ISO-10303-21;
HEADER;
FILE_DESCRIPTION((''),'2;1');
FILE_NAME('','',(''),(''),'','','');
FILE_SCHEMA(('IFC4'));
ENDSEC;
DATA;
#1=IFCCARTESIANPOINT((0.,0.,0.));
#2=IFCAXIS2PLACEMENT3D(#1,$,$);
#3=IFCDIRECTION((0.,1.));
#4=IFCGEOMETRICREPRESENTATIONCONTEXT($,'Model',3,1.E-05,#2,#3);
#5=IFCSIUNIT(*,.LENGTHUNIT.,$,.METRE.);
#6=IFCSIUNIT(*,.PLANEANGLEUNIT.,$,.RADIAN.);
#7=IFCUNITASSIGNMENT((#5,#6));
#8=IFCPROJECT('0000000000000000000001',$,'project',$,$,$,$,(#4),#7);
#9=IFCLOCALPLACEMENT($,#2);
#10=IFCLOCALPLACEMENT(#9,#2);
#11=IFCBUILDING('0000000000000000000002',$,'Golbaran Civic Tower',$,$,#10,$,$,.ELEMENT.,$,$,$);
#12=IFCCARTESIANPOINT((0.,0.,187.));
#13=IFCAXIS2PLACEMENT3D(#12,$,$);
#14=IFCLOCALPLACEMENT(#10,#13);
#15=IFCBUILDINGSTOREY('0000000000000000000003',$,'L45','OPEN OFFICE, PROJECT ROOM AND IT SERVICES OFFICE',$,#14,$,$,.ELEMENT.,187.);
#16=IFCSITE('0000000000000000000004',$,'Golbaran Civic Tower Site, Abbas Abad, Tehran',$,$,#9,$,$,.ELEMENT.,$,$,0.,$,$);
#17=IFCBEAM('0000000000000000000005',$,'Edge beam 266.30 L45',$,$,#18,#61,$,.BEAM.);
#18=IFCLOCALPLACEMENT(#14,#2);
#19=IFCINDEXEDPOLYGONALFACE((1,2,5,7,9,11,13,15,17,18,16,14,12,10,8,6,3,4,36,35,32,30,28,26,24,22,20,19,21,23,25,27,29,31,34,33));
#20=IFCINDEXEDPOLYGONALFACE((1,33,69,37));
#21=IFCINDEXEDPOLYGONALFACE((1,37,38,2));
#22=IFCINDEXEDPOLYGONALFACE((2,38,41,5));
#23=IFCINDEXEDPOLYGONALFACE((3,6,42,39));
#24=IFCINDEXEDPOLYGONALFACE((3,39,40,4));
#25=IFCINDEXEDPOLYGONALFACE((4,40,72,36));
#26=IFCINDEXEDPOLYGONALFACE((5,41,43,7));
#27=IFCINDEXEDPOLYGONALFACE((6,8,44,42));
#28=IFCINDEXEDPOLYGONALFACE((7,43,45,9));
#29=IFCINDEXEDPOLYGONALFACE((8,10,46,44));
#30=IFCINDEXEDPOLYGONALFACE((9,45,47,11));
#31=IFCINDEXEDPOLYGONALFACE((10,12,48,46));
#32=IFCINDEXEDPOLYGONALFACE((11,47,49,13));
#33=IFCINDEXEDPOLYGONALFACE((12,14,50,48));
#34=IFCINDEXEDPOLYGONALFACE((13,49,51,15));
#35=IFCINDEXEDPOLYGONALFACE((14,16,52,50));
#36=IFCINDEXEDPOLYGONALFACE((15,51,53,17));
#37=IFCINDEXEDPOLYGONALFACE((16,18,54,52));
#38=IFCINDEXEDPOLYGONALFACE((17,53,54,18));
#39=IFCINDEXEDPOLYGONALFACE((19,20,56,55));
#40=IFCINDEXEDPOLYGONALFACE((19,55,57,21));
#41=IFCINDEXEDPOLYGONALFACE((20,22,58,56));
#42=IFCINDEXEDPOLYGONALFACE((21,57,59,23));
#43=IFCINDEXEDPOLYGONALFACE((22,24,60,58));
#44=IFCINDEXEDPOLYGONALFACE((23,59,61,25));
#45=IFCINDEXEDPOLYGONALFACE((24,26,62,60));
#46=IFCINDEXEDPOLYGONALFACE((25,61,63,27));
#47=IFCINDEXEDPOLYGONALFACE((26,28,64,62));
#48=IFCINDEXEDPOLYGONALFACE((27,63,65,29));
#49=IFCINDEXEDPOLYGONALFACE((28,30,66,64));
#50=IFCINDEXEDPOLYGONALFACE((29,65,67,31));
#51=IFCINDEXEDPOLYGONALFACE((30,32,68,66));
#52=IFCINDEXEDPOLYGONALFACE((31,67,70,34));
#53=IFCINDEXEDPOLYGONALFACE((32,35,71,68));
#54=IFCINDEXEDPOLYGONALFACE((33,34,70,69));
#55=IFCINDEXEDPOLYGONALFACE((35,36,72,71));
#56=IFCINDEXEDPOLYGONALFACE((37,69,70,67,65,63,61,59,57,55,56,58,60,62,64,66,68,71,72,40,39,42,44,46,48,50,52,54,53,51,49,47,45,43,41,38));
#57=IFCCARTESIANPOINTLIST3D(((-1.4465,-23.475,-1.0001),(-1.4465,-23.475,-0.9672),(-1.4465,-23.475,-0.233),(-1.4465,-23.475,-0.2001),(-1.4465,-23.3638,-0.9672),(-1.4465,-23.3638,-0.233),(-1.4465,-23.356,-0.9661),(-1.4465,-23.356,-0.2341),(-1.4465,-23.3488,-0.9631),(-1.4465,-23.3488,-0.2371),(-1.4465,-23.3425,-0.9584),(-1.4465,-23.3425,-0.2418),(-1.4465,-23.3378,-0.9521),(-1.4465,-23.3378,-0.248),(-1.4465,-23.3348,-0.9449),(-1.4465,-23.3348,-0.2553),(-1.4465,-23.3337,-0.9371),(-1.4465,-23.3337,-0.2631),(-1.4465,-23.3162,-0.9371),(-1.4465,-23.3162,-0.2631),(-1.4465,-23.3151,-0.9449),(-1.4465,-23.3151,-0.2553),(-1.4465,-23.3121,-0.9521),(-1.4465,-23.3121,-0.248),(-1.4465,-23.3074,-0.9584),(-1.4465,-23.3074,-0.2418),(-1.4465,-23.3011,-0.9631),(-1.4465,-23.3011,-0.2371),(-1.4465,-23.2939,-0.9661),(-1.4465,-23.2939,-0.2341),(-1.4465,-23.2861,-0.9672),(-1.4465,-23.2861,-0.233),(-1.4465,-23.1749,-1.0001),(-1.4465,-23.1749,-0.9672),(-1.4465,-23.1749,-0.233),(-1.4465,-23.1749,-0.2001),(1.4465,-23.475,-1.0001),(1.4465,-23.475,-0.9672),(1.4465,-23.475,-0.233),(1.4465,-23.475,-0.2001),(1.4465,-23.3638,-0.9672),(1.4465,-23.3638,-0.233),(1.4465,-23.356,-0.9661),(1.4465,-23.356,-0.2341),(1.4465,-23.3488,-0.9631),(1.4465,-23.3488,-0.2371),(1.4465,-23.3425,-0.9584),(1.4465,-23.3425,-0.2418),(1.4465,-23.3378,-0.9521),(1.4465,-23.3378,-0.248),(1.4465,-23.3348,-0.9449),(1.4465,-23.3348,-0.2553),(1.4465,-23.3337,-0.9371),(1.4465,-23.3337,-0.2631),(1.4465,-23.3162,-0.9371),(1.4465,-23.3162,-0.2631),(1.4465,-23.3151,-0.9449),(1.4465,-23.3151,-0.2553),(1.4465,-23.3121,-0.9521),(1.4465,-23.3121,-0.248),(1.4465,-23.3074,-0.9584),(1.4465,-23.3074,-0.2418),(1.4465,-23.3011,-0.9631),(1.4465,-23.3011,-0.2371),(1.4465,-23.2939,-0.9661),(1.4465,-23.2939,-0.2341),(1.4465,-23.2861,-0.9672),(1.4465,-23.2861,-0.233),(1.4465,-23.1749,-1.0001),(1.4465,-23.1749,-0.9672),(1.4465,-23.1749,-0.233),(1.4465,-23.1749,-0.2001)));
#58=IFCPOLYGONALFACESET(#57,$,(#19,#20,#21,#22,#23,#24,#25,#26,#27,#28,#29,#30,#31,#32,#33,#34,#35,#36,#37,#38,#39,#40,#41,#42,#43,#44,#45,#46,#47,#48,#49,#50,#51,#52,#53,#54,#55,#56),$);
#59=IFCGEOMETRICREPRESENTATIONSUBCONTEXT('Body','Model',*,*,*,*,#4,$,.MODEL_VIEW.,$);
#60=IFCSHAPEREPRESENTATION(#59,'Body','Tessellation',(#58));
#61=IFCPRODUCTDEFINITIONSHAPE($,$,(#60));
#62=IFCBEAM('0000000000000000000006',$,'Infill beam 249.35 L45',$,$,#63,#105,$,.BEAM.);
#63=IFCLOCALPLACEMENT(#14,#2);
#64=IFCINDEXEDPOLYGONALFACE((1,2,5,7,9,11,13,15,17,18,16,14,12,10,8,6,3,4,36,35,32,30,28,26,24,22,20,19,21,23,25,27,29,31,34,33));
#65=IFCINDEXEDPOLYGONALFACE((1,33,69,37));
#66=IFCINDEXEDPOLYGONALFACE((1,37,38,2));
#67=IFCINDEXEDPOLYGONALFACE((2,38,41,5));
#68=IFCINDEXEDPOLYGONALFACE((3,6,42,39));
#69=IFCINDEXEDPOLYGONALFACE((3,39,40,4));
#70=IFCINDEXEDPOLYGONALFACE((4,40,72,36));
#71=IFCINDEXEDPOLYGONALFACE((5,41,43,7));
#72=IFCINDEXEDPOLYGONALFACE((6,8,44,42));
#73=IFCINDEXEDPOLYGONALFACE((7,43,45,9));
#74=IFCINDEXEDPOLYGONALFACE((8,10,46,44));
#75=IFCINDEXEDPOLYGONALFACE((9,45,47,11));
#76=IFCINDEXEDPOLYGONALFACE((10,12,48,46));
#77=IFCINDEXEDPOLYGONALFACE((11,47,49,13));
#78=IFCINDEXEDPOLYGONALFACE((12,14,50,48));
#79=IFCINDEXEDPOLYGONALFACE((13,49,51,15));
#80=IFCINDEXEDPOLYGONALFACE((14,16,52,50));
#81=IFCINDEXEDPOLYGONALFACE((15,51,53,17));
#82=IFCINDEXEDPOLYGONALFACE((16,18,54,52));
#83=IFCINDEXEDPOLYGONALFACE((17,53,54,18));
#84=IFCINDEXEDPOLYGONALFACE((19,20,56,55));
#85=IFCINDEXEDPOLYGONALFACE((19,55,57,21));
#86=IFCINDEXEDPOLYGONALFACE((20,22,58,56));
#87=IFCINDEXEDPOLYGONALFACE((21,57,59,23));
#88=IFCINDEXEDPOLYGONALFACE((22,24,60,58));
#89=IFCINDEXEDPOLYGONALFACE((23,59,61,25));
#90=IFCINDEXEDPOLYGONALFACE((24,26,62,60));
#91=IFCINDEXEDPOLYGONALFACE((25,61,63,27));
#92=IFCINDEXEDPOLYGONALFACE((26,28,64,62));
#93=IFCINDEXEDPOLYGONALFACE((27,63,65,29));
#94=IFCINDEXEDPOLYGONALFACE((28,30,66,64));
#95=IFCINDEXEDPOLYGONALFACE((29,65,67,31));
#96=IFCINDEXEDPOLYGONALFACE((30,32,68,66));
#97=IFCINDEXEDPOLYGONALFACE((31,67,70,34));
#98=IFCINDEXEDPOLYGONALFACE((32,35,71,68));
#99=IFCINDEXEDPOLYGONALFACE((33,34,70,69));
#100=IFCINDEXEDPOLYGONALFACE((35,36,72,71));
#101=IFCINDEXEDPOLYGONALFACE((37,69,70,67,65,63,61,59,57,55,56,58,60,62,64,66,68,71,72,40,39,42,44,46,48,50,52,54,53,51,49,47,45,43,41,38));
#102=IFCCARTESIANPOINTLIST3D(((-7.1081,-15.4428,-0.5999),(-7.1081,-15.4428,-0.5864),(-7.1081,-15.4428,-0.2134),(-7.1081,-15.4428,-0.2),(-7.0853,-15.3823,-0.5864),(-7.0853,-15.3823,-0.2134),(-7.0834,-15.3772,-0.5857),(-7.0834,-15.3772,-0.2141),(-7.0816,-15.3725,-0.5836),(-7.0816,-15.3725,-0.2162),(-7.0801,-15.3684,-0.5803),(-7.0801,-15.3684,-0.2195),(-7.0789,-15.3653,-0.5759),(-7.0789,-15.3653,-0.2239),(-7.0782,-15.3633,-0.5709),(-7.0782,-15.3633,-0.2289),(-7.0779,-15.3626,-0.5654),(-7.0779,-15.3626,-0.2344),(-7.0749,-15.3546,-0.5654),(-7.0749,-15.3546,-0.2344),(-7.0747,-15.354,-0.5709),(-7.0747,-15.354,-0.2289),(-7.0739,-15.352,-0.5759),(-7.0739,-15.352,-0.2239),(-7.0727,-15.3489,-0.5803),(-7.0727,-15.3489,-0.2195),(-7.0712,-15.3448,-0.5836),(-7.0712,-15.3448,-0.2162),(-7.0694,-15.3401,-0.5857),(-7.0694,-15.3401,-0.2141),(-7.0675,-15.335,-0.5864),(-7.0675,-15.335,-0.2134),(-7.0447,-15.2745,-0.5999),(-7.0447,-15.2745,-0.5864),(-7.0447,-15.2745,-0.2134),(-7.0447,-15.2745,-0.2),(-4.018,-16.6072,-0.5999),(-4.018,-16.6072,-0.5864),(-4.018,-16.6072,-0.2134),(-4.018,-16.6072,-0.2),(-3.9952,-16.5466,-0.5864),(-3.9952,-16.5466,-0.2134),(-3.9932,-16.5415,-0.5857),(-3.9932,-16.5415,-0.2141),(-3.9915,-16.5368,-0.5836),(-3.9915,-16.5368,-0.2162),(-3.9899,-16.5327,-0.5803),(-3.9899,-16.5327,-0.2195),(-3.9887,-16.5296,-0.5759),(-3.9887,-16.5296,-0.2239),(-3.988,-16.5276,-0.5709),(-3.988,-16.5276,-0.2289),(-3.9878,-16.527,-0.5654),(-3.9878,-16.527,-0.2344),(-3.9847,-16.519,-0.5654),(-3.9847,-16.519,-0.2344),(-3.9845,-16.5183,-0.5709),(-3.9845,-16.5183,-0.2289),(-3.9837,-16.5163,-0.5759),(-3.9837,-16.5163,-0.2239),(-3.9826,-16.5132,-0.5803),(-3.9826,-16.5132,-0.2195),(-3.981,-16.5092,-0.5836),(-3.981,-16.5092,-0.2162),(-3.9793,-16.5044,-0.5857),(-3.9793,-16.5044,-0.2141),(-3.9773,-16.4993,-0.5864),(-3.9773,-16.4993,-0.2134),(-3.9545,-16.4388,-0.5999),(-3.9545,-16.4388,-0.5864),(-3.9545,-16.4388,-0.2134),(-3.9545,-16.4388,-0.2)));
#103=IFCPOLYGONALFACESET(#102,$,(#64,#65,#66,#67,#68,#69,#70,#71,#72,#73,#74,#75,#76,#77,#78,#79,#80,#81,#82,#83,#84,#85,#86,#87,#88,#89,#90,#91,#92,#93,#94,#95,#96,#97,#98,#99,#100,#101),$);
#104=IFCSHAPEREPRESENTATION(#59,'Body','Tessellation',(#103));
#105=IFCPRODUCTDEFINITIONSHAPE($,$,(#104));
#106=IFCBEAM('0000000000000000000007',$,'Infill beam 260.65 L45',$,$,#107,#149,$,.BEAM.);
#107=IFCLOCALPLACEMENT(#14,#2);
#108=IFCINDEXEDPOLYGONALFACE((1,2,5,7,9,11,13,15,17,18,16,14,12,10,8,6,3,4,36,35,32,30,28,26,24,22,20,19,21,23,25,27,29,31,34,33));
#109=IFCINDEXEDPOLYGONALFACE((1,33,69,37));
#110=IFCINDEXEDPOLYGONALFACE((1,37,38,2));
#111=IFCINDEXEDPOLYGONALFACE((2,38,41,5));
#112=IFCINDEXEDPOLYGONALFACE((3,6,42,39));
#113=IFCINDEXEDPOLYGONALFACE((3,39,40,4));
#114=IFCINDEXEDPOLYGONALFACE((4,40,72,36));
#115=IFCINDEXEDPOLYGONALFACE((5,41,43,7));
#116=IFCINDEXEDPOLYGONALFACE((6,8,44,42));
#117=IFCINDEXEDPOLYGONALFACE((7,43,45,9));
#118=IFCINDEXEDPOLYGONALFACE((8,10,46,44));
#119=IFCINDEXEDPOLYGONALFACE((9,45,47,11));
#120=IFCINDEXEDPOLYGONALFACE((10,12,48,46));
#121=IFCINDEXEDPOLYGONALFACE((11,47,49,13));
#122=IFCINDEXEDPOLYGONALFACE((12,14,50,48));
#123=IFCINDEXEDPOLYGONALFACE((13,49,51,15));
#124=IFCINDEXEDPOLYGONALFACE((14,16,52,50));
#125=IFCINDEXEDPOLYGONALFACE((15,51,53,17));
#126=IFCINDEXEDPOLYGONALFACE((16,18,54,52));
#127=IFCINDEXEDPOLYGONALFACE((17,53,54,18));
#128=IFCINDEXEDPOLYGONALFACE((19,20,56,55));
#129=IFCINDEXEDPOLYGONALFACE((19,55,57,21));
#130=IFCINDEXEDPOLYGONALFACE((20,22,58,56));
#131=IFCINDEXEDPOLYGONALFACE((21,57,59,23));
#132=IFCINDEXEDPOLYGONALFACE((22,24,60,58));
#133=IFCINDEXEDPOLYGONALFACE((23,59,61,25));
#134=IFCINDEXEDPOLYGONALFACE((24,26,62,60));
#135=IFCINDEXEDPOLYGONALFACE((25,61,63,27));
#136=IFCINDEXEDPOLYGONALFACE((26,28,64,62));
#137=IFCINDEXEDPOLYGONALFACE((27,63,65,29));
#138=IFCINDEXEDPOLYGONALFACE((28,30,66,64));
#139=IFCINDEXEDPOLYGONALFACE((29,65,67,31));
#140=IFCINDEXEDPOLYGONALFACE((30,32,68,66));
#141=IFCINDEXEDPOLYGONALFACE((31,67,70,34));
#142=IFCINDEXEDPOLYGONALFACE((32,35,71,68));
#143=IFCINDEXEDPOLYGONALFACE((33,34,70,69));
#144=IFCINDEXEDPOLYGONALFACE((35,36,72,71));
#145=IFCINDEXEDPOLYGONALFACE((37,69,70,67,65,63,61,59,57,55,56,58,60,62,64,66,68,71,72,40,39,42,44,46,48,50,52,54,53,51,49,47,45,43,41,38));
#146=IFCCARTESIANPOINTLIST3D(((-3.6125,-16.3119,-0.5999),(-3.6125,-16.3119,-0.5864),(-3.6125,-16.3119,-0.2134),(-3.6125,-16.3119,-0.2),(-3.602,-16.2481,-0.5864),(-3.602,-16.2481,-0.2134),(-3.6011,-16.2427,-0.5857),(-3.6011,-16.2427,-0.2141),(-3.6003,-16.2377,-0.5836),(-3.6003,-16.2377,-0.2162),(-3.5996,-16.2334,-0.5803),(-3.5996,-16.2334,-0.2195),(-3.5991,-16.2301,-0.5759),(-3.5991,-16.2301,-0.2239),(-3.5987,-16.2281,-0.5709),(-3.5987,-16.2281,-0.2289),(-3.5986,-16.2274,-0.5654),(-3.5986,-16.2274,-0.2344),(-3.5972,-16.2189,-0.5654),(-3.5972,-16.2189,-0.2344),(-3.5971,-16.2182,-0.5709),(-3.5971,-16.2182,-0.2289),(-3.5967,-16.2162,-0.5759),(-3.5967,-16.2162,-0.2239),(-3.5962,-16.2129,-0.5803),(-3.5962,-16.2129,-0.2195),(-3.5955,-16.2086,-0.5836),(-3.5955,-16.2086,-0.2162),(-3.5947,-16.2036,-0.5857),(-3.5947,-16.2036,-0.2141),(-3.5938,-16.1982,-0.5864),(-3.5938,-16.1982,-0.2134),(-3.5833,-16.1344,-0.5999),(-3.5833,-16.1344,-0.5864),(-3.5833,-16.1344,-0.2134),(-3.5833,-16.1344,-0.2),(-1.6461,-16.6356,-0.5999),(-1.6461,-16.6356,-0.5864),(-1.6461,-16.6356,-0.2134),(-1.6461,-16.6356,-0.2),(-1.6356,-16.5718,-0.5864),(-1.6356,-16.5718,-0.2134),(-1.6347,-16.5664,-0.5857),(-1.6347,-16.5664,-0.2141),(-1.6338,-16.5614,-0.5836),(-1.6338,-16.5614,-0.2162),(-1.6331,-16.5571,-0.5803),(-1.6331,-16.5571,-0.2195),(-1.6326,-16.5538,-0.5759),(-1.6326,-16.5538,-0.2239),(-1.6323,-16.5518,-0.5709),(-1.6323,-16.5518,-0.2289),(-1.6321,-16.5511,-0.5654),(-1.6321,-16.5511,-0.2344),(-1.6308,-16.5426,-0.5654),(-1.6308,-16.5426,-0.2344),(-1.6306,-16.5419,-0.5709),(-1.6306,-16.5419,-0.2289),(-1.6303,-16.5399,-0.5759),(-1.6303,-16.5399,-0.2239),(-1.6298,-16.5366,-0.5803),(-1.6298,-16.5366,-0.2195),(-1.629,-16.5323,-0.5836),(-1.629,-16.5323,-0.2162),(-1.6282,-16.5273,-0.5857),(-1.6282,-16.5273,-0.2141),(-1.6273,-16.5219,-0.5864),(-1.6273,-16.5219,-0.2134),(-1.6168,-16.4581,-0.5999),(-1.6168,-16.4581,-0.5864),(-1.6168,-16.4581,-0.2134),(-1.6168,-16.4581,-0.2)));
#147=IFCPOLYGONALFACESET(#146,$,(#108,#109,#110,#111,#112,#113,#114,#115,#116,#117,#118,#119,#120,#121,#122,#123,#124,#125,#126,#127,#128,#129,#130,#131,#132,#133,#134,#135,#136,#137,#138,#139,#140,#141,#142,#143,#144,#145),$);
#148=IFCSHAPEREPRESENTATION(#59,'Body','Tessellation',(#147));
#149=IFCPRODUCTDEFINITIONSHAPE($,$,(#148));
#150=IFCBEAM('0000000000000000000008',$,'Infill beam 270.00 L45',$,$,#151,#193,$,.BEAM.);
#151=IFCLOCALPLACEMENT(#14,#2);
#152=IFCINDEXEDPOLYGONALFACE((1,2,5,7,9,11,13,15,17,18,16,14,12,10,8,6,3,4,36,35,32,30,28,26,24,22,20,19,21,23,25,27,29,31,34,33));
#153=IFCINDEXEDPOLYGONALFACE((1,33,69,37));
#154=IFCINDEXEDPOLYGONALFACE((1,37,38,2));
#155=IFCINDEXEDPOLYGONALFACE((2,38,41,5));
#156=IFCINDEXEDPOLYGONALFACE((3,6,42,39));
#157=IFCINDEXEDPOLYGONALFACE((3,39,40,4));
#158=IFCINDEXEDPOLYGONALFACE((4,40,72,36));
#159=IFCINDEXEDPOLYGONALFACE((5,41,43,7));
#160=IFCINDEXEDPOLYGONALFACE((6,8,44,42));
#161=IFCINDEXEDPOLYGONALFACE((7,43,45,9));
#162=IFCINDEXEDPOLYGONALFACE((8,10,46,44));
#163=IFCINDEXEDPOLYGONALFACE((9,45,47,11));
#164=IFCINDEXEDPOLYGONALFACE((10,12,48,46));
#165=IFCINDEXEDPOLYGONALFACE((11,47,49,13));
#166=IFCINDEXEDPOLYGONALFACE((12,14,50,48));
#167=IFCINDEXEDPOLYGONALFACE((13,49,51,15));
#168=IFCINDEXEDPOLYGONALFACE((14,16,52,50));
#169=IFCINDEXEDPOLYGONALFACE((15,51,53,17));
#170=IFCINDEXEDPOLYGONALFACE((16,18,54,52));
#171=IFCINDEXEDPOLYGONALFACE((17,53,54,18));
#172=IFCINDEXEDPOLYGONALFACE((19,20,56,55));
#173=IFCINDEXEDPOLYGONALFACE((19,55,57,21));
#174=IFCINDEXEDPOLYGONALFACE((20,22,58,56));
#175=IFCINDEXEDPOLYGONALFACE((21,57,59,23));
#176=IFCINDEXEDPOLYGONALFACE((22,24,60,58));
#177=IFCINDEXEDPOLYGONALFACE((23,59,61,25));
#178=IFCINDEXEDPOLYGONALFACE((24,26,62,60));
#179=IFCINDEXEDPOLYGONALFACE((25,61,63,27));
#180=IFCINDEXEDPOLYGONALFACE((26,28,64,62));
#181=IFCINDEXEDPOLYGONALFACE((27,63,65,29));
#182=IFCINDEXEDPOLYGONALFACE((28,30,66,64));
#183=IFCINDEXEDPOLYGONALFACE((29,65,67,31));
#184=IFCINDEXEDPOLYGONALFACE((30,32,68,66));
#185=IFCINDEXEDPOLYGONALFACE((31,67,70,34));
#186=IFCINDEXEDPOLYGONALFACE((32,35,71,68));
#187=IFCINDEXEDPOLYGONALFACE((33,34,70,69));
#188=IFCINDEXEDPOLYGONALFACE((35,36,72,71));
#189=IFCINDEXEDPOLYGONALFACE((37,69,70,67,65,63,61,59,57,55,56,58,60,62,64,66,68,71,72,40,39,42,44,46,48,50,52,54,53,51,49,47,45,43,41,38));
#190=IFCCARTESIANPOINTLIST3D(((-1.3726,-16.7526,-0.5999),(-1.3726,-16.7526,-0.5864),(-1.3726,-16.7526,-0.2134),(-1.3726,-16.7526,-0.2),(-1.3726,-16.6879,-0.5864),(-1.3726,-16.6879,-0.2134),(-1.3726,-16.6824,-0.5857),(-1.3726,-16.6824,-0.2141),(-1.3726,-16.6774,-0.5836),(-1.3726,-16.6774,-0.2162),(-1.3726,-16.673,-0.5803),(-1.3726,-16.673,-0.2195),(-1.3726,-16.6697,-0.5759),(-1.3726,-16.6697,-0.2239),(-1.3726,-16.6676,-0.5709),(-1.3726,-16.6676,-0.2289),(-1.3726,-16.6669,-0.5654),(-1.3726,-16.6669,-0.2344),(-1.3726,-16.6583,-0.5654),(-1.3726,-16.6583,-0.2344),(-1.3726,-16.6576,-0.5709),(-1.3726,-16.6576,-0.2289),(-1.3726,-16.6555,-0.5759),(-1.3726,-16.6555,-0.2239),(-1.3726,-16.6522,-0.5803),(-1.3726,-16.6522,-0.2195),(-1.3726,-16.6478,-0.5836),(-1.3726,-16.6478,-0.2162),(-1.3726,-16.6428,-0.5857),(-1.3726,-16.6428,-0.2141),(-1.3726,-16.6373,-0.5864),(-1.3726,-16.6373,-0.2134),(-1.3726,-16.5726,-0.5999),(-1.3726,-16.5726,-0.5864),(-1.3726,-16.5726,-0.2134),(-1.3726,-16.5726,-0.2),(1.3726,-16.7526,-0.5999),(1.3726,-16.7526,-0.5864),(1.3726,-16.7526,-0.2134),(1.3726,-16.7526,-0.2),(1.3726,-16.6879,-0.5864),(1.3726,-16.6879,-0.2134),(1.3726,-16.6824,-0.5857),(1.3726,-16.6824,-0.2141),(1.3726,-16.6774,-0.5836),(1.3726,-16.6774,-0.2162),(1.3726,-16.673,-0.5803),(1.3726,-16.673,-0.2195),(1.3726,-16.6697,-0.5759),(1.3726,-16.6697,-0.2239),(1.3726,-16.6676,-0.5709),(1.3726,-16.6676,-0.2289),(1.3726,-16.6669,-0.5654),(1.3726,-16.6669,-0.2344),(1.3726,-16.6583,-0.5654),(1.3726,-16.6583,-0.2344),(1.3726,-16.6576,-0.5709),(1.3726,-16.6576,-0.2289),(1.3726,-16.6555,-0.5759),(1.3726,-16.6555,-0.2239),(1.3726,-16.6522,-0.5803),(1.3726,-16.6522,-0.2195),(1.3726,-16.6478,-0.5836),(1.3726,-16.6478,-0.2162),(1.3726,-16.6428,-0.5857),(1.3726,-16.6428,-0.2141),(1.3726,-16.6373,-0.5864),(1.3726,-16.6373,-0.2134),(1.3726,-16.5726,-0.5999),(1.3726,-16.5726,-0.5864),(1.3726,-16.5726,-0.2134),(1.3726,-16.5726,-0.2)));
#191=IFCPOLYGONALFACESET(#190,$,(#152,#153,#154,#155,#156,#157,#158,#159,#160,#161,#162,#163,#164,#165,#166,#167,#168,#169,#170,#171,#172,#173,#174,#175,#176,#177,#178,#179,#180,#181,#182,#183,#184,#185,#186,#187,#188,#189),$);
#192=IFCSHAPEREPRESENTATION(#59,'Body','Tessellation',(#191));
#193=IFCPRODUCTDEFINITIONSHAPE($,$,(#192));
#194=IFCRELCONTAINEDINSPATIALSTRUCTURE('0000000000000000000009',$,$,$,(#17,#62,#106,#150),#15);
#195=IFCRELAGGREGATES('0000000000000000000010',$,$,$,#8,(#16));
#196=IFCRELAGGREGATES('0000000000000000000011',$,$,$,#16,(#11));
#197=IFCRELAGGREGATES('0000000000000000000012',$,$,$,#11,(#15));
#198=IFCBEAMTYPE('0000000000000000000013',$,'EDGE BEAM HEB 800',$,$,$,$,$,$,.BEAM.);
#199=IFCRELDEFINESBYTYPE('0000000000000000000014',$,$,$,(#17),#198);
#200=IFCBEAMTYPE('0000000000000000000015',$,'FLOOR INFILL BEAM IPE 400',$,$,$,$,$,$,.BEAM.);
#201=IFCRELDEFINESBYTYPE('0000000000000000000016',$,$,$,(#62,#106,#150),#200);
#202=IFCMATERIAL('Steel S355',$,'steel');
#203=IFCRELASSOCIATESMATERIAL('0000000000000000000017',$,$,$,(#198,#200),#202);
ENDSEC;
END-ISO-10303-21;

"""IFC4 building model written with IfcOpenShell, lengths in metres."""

from ifc_helpers import new_model, si_unit, direction, frame, origin, origin_2d, place, context, subcontext, project, spatial, i_section, extrude, material, material_profile, profile_set, type_object, element, save


model = new_model("IFC4")

# Units and contexts
model_context = context("Model", 3, precision=1e-05, world=origin(), true_north=direction((0.0, 1.0)))
body_context = subcontext(model_context, "Body", "Model", "MODEL_VIEW")
ifc_project = project(units=[si_unit("LENGTHUNIT", "METRE"), si_unit("PLANEANGLEUNIT", "RADIAN")], contexts=[model_context])

# Site, building, storey
site_placement = place(None, origin())
site = spatial("IfcSite", under=ifc_project, at=site_placement, Name="Golbaran Civic Tower Site, Abbas Abad, Tehran", CompositionType="ELEMENT", RefElevation=0.0)
building_placement = place(site_placement, origin())
building = spatial("IfcBuilding", under=site, at=building_placement, Name="Golbaran Civic Tower", CompositionType="ELEMENT")
storey_placement = place(building_placement, frame((0.0, 0.0, 187.0)))
storey = spatial("IfcBuildingStorey", under=building, at=storey_placement, Name="L45", Description="OPEN OFFICE, PROJECT ROOM AND IT SERVICES OFFICE", CompositionType="ELEMENT", Elevation=187.0)

# Beams
ifc_material_1 = material(Name="Steel S355", Category="steel")
ifc_material_profile_1 = material_profile(ifc_material_1, i_section(OverallWidth=0.3, OverallDepth=0.8, WebThickness=0.0176, FlangeThickness=0.033, FilletRadius=0.03, at=origin_2d()), Name="HEB 800")
ifc_profile_set_1 = profile_set([ifc_material_profile_1], Name="Steel S355")
beam_type_1 = type_object("IfcBeamType", Name="EDGE BEAM HEB 800", PredefinedType="BEAM", material=ifc_profile_set_1)
beam_1_placement = place(storey_placement, frame((-1.4465, -23.325, -0.6001), z_axis=(1.0, 0.0, 0.0), x_axis=(0.0, 1.0, 0.0)))
element("IfcBeam", 1, at=beam_1_placement, inside=storey, type_object=beam_type_1, Name="Edge beam 266.30 L45", PredefinedType="BEAM", context=body_context, shape_type="SweptSolid", body=[
    extrude(i_section(OverallWidth=0.3, OverallDepth=0.8, WebThickness=0.0176, FlangeThickness=0.033, FilletRadius=0.03, at=origin_2d()), origin(), (0.0, 0.0, 1.0), 2.8931),
])
ifc_material_profile_2 = material_profile(ifc_material_1, i_section(OverallWidth=0.1799, OverallDepth=0.3999, WebThickness=0.0085, FlangeThickness=0.0134, FilletRadius=0.021, at=origin_2d()), Name="IPE 400")
ifc_profile_set_2 = profile_set([ifc_material_profile_2], Name="Steel S355")
beam_type_2 = type_object("IfcBeamType", Name="FLOOR INFILL BEAM IPE 400", PredefinedType="BEAM", material=ifc_profile_set_2)
beam_2_placement = place(storey_placement, frame((-7.0764, -15.3586, -0.3999), z_axis=(0.935778, -0.35259, 0.0), x_axis=(0.35259, 0.935778, 0.0)))
element("IfcBeam", 2, at=beam_2_placement, inside=storey, type_object=beam_type_2, Name="Infill beam 249.35 L45", PredefinedType="BEAM", context=body_context, shape_type="SweptSolid", body=[
    extrude(i_section(OverallWidth=0.1799, OverallDepth=0.3999, WebThickness=0.0085, FlangeThickness=0.0134, FilletRadius=0.021, at=origin_2d()), origin(), (0.0, 0.0, 1.0), 3.3022),
])
beam_3_placement = place(storey_placement, frame((-3.5979, -16.2231, -0.3999), z_axis=(0.98672, -0.162432, 0.0), x_axis=(0.162432, 0.98672, 0.0)))
element("IfcBeam", 3, at=beam_3_placement, inside=storey, type_object=beam_type_2, Name="Infill beam 260.65 L45", PredefinedType="BEAM", context=body_context, shape_type="SweptSolid", body=[
    extrude(i_section(OverallWidth=0.1799, OverallDepth=0.3999, WebThickness=0.0085, FlangeThickness=0.0134, FilletRadius=0.021, at=origin_2d()), origin(), (0.0, 0.0, 1.0), 1.9929),
])
beam_4_placement = place(storey_placement, frame((-1.3726, -16.6626, -0.3999), z_axis=(1.0, 0.0, 0.0), x_axis=(0.0, 1.0, 0.0)))
element("IfcBeam", 4, at=beam_4_placement, inside=storey, type_object=beam_type_2, Name="Infill beam 270.00 L45", PredefinedType="BEAM", context=body_context, shape_type="SweptSolid", body=[
    extrude(i_section(OverallWidth=0.1799, OverallDepth=0.3999, WebThickness=0.0085, FlangeThickness=0.0134, FilletRadius=0.021, at=origin_2d()), origin(), (0.0, 0.0, 1.0), 2.7451),
])

save(model, "model.ifc")
